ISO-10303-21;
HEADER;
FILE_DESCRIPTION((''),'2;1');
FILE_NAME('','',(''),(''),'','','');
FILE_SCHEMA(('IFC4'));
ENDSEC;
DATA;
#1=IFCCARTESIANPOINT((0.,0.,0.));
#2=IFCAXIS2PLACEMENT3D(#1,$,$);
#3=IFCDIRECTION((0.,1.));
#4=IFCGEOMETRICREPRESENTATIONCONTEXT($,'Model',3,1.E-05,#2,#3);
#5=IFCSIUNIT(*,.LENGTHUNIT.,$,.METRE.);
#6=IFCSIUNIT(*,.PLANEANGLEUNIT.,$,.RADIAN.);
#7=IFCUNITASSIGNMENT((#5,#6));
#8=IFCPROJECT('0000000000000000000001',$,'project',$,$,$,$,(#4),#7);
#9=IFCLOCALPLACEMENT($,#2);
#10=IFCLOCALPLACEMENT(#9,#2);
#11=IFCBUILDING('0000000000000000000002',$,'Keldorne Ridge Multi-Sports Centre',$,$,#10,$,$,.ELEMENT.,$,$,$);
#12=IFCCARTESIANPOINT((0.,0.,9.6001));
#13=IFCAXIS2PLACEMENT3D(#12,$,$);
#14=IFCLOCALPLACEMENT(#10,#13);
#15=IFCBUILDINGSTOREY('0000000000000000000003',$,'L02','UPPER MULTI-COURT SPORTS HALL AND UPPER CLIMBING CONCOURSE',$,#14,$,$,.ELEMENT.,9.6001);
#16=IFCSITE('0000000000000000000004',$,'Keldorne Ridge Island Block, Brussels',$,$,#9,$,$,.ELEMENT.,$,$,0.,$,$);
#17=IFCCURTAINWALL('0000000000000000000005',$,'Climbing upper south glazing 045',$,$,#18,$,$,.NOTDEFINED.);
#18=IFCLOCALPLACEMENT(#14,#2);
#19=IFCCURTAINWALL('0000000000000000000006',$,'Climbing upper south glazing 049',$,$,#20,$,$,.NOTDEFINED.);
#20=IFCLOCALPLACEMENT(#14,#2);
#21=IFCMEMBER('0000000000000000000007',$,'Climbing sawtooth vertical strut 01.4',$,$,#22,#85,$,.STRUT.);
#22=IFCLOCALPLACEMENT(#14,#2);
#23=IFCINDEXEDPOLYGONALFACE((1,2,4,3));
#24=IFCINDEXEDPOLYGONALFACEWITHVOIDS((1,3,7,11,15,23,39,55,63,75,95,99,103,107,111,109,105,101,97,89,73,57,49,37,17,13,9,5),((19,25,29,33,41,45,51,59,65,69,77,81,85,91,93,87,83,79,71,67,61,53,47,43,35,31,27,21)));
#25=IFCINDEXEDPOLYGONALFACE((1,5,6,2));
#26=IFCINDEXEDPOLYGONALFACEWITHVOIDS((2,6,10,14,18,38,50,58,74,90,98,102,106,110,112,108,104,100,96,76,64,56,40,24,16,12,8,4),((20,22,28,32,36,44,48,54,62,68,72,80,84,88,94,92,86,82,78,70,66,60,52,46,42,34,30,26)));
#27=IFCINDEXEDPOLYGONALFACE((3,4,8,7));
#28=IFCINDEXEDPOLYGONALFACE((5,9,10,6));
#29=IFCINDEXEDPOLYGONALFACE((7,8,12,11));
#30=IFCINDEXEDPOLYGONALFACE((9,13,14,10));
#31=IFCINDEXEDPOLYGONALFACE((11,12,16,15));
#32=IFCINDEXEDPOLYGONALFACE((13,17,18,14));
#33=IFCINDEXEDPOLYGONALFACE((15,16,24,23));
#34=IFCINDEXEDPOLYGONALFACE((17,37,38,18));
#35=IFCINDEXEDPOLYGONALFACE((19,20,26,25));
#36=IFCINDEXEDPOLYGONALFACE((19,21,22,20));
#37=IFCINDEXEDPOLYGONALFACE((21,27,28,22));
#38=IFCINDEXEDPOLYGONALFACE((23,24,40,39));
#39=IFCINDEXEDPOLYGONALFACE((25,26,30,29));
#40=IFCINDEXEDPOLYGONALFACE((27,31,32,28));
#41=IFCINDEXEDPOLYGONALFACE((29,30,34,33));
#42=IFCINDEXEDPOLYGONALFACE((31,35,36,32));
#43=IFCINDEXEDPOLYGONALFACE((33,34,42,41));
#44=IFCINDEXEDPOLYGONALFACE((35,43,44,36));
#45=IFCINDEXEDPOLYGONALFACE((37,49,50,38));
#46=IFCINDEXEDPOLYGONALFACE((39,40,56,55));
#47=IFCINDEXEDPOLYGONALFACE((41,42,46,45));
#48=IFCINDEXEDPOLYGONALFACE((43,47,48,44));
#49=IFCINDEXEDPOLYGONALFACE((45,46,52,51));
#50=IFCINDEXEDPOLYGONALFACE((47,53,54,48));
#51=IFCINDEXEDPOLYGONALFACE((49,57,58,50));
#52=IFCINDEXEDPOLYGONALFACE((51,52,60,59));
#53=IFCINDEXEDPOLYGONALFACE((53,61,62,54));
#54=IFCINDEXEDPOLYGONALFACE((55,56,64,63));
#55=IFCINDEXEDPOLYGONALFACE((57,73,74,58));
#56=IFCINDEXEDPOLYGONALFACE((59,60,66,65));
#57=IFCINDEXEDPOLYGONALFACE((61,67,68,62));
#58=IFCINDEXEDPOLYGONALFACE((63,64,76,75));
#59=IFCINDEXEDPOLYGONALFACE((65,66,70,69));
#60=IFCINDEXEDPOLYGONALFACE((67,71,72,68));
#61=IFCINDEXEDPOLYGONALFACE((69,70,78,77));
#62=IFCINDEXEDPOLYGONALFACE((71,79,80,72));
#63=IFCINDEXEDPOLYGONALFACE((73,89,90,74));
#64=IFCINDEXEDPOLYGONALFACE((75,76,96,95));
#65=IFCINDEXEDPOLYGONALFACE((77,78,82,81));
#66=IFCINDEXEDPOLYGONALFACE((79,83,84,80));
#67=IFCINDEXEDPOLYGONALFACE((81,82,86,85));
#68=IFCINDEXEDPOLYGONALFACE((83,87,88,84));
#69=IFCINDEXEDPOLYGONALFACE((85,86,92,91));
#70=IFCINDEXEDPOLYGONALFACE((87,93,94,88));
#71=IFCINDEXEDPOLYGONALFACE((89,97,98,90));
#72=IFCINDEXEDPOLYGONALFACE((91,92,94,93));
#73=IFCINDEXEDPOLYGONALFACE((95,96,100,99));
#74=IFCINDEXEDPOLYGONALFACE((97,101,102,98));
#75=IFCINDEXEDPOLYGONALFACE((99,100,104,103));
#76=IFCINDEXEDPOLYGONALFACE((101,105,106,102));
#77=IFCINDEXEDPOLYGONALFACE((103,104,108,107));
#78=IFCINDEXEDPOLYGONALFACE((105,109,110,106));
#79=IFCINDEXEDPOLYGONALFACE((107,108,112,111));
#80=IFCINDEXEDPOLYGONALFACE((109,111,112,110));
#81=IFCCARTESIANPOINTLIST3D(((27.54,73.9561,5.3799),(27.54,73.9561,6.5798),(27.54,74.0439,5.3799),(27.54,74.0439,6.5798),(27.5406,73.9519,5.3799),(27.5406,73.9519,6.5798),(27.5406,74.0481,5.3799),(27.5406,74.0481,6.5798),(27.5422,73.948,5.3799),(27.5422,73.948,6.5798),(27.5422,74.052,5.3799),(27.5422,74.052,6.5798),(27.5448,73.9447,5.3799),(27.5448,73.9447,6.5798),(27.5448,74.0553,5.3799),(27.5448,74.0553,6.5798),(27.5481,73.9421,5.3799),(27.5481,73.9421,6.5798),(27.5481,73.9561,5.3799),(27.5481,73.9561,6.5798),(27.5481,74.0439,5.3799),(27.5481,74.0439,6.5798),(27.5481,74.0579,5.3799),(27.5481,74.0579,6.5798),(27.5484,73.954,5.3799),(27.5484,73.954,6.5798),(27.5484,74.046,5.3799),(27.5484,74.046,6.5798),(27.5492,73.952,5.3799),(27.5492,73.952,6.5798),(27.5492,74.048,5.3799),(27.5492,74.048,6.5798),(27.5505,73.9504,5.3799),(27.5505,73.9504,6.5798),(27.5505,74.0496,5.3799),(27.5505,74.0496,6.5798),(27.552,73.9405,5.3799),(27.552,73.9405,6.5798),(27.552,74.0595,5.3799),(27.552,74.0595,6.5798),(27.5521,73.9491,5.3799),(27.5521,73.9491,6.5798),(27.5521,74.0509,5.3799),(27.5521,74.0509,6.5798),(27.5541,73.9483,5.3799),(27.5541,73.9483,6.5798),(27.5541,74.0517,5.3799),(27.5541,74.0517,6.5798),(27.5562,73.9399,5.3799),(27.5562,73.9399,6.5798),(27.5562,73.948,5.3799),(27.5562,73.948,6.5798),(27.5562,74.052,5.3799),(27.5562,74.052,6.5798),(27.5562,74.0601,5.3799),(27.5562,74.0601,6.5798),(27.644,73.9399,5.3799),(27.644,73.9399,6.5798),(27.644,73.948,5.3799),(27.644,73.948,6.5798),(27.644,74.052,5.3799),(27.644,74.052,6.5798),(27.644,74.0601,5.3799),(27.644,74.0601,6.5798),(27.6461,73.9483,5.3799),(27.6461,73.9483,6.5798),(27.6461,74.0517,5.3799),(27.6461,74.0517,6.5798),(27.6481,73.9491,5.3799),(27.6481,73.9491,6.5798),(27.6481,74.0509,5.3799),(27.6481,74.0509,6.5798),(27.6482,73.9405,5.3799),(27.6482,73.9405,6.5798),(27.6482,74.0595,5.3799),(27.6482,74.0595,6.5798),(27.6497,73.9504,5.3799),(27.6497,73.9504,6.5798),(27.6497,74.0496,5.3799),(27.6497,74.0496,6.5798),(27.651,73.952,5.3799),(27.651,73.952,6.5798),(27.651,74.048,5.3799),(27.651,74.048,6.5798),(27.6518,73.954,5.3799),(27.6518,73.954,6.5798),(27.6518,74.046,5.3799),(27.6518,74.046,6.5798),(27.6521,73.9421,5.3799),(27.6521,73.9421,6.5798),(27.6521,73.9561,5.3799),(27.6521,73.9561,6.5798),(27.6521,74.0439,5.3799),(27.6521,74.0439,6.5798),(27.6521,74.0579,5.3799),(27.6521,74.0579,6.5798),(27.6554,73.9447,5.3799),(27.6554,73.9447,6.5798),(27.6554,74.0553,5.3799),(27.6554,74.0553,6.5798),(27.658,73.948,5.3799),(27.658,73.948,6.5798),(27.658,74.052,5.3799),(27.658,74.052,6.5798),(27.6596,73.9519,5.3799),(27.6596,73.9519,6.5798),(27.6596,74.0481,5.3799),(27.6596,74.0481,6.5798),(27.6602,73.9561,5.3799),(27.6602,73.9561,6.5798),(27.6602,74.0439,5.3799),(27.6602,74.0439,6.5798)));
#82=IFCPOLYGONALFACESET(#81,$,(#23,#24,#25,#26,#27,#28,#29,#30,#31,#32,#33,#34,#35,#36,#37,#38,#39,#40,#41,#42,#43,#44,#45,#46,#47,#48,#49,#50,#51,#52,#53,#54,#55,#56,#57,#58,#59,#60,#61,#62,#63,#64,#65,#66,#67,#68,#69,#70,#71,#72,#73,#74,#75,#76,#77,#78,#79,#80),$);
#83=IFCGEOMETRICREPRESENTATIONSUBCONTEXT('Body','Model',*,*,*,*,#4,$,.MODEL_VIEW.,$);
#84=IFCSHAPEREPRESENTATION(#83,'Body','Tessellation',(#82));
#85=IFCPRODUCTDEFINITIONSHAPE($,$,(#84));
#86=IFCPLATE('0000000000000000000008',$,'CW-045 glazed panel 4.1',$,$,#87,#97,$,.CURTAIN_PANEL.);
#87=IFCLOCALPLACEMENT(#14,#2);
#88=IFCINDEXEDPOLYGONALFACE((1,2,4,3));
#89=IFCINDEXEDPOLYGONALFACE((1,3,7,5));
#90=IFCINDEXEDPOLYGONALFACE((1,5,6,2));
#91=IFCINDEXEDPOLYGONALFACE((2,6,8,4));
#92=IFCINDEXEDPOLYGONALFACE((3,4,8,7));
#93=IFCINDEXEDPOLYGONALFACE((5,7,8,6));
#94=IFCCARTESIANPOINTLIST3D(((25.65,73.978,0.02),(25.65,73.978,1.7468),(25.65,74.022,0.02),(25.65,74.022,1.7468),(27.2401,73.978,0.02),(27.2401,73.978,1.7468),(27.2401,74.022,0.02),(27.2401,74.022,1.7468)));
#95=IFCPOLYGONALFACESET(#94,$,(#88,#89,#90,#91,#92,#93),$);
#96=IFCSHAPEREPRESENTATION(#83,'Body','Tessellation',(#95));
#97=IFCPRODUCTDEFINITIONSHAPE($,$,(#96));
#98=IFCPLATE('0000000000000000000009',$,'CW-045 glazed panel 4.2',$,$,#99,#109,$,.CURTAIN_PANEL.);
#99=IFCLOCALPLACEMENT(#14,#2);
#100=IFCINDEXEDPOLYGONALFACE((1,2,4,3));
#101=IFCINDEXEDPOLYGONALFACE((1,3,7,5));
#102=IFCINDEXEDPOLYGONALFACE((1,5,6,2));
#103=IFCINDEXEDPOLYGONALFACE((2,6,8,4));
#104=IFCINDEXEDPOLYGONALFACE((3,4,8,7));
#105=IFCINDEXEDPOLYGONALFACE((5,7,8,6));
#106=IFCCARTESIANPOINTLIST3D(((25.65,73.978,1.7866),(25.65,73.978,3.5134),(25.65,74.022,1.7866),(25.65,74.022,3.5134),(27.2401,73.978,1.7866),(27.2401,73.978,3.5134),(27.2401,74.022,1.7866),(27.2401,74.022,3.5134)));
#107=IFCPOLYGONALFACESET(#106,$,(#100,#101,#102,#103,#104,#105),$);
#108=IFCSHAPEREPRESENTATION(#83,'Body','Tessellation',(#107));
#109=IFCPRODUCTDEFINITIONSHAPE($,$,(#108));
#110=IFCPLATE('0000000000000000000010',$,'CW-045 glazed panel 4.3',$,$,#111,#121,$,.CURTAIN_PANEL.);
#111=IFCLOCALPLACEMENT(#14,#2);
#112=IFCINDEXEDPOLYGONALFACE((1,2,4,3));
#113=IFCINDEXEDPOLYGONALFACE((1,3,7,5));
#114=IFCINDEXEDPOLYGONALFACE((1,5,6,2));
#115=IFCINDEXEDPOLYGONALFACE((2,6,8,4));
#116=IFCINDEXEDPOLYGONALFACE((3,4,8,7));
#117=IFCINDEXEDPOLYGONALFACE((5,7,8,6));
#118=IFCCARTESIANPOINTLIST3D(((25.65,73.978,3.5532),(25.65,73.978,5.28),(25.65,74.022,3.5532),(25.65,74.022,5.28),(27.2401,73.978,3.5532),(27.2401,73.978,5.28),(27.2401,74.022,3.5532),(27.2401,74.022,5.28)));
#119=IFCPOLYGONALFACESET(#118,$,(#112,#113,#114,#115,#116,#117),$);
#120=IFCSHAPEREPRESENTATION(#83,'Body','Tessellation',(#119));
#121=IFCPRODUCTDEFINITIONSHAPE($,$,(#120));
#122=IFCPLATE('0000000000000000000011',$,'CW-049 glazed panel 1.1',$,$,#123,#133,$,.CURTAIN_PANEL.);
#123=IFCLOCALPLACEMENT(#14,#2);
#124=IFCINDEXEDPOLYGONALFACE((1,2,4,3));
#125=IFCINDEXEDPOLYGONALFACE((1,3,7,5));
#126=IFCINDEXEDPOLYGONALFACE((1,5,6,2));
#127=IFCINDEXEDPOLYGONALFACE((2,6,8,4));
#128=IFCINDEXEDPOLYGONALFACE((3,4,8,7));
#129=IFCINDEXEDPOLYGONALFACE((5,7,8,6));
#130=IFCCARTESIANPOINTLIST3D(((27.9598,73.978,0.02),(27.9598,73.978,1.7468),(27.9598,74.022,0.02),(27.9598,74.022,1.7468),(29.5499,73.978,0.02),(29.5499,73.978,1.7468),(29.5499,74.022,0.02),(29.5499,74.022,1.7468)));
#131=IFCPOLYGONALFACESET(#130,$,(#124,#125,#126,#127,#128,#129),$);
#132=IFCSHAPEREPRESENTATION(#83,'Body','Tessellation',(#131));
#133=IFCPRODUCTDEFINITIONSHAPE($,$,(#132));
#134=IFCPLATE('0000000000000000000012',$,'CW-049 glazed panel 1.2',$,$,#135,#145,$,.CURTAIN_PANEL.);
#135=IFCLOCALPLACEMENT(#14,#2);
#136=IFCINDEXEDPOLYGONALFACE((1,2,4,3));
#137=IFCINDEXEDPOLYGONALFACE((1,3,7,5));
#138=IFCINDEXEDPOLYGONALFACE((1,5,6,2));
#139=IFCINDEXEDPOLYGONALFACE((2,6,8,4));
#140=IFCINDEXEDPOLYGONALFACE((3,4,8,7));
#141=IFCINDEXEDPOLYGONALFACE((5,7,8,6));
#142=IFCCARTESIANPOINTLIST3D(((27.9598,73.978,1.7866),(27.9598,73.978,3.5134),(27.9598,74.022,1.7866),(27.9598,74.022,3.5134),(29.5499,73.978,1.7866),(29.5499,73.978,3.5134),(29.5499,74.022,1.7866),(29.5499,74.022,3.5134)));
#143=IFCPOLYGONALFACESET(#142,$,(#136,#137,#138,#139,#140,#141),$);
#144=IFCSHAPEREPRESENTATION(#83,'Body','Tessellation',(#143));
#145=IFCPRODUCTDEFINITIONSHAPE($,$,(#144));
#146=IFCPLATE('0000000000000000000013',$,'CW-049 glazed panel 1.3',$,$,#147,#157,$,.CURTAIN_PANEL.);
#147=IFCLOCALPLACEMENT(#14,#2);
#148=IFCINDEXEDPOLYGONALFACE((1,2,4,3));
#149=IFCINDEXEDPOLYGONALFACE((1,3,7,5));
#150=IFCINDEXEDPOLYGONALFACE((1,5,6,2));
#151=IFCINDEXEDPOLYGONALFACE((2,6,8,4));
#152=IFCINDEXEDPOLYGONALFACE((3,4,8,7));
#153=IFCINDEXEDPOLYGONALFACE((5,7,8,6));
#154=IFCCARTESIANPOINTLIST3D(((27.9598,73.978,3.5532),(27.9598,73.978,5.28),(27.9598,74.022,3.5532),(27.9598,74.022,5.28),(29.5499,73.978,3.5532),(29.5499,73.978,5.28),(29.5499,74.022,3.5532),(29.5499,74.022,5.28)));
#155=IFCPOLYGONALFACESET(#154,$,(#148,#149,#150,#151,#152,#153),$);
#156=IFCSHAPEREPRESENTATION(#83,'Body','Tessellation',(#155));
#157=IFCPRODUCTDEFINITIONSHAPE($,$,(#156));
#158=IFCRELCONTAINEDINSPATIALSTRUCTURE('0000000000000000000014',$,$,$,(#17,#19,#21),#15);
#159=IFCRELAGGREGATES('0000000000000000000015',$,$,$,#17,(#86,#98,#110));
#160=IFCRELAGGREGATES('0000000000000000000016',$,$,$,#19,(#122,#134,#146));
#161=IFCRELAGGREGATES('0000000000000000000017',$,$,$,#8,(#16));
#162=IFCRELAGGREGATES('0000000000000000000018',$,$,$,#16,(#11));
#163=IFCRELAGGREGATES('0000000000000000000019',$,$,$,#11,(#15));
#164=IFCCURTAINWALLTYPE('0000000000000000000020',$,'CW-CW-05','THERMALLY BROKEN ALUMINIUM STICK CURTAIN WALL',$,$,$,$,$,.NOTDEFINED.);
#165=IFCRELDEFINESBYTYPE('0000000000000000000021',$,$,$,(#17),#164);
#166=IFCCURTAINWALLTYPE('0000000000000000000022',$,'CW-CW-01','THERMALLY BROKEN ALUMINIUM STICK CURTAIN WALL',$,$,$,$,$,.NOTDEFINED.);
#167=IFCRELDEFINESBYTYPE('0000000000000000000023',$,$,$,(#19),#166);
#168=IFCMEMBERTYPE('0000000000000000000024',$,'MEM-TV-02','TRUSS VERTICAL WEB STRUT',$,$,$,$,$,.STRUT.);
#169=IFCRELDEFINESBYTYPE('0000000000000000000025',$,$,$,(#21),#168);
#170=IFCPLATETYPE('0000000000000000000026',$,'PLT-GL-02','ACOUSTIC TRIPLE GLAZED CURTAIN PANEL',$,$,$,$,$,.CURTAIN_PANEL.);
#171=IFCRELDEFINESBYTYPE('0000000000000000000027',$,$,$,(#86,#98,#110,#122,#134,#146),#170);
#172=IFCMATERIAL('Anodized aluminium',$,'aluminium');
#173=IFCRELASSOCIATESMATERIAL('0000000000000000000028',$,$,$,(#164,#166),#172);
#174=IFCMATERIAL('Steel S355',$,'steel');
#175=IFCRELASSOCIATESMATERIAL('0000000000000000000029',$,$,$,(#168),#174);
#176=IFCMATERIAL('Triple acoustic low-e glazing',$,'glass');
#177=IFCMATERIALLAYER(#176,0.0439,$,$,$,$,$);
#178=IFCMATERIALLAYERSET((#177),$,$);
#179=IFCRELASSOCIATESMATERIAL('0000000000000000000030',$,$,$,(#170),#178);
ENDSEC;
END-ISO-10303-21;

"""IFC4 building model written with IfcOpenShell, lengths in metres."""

from ifc_helpers import new_model, si_unit, direction, frame, origin, origin_2d, place, context, subcontext, project, spatial, rectangle, hollow_rectangle, extrude, material, layer, layer_set, material_profile, profile_set, type_object, element, aggregate, save


model = new_model("IFC4")

# Units and contexts
model_context = context("Model", 3, precision=1e-05, world=origin(), true_north=direction((0.0, 1.0)))
body_context = subcontext(model_context, "Body", "Model", "MODEL_VIEW")
ifc_project = project(units=[si_unit("LENGTHUNIT", "METRE"), si_unit("PLANEANGLEUNIT", "RADIAN")], contexts=[model_context])

# Site, building, storey
site_placement = place(None, origin())
site = spatial("IfcSite", under=ifc_project, at=site_placement, Name="Keldorne Ridge Island Block, Brussels", CompositionType="ELEMENT", RefElevation=0.0)
building_placement = place(site_placement, origin())
building = spatial("IfcBuilding", under=site, at=building_placement, Name="Keldorne Ridge Multi-Sports Centre", CompositionType="ELEMENT")
storey_placement = place(building_placement, frame((0.0, 0.0, 9.6001)))
storey = spatial("IfcBuildingStorey", under=building, at=storey_placement, Name="L02", Description="UPPER MULTI-COURT SPORTS HALL AND UPPER CLIMBING CONCOURSE", CompositionType="ELEMENT", Elevation=9.6001)

# Shared definitions
ifc_material_1 = material(Name="Steel S355", Category="steel")

# Curtain walls
ifc_material_2 = material(Name="Anodized aluminium", Category="aluminium")
curtain_wall_type_1 = type_object("IfcCurtainWallType", Name="CW-CW-05", Description="THERMALLY BROKEN ALUMINIUM STICK CURTAIN WALL", PredefinedType="NOTDEFINED", material=ifc_material_2)
curtain_wall_1_placement = place(storey_placement, origin())
curtain_wall_1 = element("IfcCurtainWall", 1, at=curtain_wall_1_placement, inside=storey, type_object=curtain_wall_type_1, Name="Climbing upper south glazing 045", PredefinedType="NOTDEFINED")
curtain_wall_type_2 = type_object("IfcCurtainWallType", Name="CW-CW-01", Description="THERMALLY BROKEN ALUMINIUM STICK CURTAIN WALL", PredefinedType="NOTDEFINED", material=ifc_material_2)
curtain_wall_2_placement = place(storey_placement, origin())
curtain_wall_2 = element("IfcCurtainWall", 2, at=curtain_wall_2_placement, inside=storey, type_object=curtain_wall_type_2, Name="Climbing upper south glazing 049", PredefinedType="NOTDEFINED")

# Member
ifc_material_profile_1 = material_profile(ifc_material_1, hollow_rectangle(XDim=0.1201, YDim=0.1201, WallThickness=0.0081, InnerFilletRadius=0.0081, OuterFilletRadius=0.0161, at=origin_2d()), Name="SHS 120x120x8")
ifc_profile_set_1 = profile_set([ifc_material_profile_1], Name="Steel S355")
member_type_1 = type_object("IfcMemberType", Name="MEM-TV-02", Description="TRUSS VERTICAL WEB STRUT", PredefinedType="STRUT", material=ifc_profile_set_1)
member_1_placement = place(storey_placement, frame((27.6001, 74.0, 5.3799), z_axis=(0.0, 0.0, 1.0), x_axis=(1.0, 0.0, 0.0)))
element("IfcMember", 3, at=member_1_placement, inside=storey, type_object=member_type_1, Name="Climbing sawtooth vertical strut 01.4", PredefinedType="STRUT", context=body_context, shape_type="SweptSolid", body=[
    extrude(hollow_rectangle(XDim=0.1201, YDim=0.1201, WallThickness=0.0081, InnerFilletRadius=0.0081, OuterFilletRadius=0.0161, at=origin_2d()), origin(), (0.0, 0.0, 1.0), 1.2),
])

# Plates
ifc_material_3 = material(Name="Triple acoustic low-e glazing", Category="glass")
ifc_layer = layer(ifc_material_3, 0.0439)
ifc_layer_set = layer_set([ifc_layer])
plate_type = type_object("IfcPlateType", Name="PLT-GL-02", Description="ACOUSTIC TRIPLE GLAZED CURTAIN PANEL", PredefinedType="CURTAIN_PANEL", material=ifc_layer_set)
plate_1_placement = place(storey_placement, frame((26.4451, 74.0, 0.02), z_axis=(0.0, 0.0, 1.0), x_axis=(1.0, 0.0, 0.0)))
plate_1 = element("IfcPlate", 4, at=plate_1_placement, type_object=plate_type, Name="CW-045 glazed panel 4.1", PredefinedType="CURTAIN_PANEL", context=body_context, shape_type="SweptSolid", body=[
    extrude(rectangle(XDim=1.5901, YDim=0.0439, at=origin_2d()), origin(), (0.0, 0.0, 1.0), 1.7268),
])
plate_2_placement = place(storey_placement, frame((26.4451, 74.0, 1.7866), z_axis=(0.0, 0.0, 1.0), x_axis=(1.0, 0.0, 0.0)))
plate_2 = element("IfcPlate", 5, at=plate_2_placement, type_object=plate_type, Name="CW-045 glazed panel 4.2", PredefinedType="CURTAIN_PANEL", context=body_context, shape_type="SweptSolid", body=[
    extrude(rectangle(XDim=1.5901, YDim=0.0439, at=origin_2d()), origin(), (0.0, 0.0, 1.0), 1.7268),
])
plate_3_placement = place(storey_placement, frame((26.4451, 74.0, 3.5532), z_axis=(0.0, 0.0, 1.0), x_axis=(1.0, 0.0, 0.0)))
plate_3 = element("IfcPlate", 6, at=plate_3_placement, type_object=plate_type, Name="CW-045 glazed panel 4.3", PredefinedType="CURTAIN_PANEL", context=body_context, shape_type="SweptSolid", body=[
    extrude(rectangle(XDim=1.5901, YDim=0.0439, at=origin_2d()), origin(), (0.0, 0.0, 1.0), 1.7268),
])
aggregate(curtain_wall_1, [plate_1, plate_2, plate_3])
plate_4_placement = place(storey_placement, frame((28.7549, 74.0, 0.02), z_axis=(0.0, 0.0, 1.0), x_axis=(1.0, 0.0, 0.0)))
plate_4 = element("IfcPlate", 7, at=plate_4_placement, type_object=plate_type, Name="CW-049 glazed panel 1.1", PredefinedType="CURTAIN_PANEL", context=body_context, shape_type="SweptSolid", body=[
    extrude(rectangle(XDim=1.5901, YDim=0.0439, at=origin_2d()), origin(), (0.0, 0.0, 1.0), 1.7268),
])
plate_5_placement = place(storey_placement, frame((28.7549, 74.0, 1.7866), z_axis=(0.0, 0.0, 1.0), x_axis=(1.0, 0.0, 0.0)))
plate_5 = element("IfcPlate", 8, at=plate_5_placement, type_object=plate_type, Name="CW-049 glazed panel 1.2", PredefinedType="CURTAIN_PANEL", context=body_context, shape_type="SweptSolid", body=[
    extrude(rectangle(XDim=1.5901, YDim=0.0439, at=origin_2d()), origin(), (0.0, 0.0, 1.0), 1.7268),
])
plate_6_placement = place(storey_placement, frame((28.7549, 74.0, 3.5532), z_axis=(0.0, 0.0, 1.0), x_axis=(1.0, 0.0, 0.0)))
plate_6 = element("IfcPlate", 9, at=plate_6_placement, type_object=plate_type, Name="CW-049 glazed panel 1.3", PredefinedType="CURTAIN_PANEL", context=body_context, shape_type="SweptSolid", body=[
    extrude(rectangle(XDim=1.5901, YDim=0.0439, at=origin_2d()), origin(), (0.0, 0.0, 1.0), 1.7268),
])
aggregate(curtain_wall_2, [plate_4, plate_5, plate_6])

save(model, "model.ifc")
